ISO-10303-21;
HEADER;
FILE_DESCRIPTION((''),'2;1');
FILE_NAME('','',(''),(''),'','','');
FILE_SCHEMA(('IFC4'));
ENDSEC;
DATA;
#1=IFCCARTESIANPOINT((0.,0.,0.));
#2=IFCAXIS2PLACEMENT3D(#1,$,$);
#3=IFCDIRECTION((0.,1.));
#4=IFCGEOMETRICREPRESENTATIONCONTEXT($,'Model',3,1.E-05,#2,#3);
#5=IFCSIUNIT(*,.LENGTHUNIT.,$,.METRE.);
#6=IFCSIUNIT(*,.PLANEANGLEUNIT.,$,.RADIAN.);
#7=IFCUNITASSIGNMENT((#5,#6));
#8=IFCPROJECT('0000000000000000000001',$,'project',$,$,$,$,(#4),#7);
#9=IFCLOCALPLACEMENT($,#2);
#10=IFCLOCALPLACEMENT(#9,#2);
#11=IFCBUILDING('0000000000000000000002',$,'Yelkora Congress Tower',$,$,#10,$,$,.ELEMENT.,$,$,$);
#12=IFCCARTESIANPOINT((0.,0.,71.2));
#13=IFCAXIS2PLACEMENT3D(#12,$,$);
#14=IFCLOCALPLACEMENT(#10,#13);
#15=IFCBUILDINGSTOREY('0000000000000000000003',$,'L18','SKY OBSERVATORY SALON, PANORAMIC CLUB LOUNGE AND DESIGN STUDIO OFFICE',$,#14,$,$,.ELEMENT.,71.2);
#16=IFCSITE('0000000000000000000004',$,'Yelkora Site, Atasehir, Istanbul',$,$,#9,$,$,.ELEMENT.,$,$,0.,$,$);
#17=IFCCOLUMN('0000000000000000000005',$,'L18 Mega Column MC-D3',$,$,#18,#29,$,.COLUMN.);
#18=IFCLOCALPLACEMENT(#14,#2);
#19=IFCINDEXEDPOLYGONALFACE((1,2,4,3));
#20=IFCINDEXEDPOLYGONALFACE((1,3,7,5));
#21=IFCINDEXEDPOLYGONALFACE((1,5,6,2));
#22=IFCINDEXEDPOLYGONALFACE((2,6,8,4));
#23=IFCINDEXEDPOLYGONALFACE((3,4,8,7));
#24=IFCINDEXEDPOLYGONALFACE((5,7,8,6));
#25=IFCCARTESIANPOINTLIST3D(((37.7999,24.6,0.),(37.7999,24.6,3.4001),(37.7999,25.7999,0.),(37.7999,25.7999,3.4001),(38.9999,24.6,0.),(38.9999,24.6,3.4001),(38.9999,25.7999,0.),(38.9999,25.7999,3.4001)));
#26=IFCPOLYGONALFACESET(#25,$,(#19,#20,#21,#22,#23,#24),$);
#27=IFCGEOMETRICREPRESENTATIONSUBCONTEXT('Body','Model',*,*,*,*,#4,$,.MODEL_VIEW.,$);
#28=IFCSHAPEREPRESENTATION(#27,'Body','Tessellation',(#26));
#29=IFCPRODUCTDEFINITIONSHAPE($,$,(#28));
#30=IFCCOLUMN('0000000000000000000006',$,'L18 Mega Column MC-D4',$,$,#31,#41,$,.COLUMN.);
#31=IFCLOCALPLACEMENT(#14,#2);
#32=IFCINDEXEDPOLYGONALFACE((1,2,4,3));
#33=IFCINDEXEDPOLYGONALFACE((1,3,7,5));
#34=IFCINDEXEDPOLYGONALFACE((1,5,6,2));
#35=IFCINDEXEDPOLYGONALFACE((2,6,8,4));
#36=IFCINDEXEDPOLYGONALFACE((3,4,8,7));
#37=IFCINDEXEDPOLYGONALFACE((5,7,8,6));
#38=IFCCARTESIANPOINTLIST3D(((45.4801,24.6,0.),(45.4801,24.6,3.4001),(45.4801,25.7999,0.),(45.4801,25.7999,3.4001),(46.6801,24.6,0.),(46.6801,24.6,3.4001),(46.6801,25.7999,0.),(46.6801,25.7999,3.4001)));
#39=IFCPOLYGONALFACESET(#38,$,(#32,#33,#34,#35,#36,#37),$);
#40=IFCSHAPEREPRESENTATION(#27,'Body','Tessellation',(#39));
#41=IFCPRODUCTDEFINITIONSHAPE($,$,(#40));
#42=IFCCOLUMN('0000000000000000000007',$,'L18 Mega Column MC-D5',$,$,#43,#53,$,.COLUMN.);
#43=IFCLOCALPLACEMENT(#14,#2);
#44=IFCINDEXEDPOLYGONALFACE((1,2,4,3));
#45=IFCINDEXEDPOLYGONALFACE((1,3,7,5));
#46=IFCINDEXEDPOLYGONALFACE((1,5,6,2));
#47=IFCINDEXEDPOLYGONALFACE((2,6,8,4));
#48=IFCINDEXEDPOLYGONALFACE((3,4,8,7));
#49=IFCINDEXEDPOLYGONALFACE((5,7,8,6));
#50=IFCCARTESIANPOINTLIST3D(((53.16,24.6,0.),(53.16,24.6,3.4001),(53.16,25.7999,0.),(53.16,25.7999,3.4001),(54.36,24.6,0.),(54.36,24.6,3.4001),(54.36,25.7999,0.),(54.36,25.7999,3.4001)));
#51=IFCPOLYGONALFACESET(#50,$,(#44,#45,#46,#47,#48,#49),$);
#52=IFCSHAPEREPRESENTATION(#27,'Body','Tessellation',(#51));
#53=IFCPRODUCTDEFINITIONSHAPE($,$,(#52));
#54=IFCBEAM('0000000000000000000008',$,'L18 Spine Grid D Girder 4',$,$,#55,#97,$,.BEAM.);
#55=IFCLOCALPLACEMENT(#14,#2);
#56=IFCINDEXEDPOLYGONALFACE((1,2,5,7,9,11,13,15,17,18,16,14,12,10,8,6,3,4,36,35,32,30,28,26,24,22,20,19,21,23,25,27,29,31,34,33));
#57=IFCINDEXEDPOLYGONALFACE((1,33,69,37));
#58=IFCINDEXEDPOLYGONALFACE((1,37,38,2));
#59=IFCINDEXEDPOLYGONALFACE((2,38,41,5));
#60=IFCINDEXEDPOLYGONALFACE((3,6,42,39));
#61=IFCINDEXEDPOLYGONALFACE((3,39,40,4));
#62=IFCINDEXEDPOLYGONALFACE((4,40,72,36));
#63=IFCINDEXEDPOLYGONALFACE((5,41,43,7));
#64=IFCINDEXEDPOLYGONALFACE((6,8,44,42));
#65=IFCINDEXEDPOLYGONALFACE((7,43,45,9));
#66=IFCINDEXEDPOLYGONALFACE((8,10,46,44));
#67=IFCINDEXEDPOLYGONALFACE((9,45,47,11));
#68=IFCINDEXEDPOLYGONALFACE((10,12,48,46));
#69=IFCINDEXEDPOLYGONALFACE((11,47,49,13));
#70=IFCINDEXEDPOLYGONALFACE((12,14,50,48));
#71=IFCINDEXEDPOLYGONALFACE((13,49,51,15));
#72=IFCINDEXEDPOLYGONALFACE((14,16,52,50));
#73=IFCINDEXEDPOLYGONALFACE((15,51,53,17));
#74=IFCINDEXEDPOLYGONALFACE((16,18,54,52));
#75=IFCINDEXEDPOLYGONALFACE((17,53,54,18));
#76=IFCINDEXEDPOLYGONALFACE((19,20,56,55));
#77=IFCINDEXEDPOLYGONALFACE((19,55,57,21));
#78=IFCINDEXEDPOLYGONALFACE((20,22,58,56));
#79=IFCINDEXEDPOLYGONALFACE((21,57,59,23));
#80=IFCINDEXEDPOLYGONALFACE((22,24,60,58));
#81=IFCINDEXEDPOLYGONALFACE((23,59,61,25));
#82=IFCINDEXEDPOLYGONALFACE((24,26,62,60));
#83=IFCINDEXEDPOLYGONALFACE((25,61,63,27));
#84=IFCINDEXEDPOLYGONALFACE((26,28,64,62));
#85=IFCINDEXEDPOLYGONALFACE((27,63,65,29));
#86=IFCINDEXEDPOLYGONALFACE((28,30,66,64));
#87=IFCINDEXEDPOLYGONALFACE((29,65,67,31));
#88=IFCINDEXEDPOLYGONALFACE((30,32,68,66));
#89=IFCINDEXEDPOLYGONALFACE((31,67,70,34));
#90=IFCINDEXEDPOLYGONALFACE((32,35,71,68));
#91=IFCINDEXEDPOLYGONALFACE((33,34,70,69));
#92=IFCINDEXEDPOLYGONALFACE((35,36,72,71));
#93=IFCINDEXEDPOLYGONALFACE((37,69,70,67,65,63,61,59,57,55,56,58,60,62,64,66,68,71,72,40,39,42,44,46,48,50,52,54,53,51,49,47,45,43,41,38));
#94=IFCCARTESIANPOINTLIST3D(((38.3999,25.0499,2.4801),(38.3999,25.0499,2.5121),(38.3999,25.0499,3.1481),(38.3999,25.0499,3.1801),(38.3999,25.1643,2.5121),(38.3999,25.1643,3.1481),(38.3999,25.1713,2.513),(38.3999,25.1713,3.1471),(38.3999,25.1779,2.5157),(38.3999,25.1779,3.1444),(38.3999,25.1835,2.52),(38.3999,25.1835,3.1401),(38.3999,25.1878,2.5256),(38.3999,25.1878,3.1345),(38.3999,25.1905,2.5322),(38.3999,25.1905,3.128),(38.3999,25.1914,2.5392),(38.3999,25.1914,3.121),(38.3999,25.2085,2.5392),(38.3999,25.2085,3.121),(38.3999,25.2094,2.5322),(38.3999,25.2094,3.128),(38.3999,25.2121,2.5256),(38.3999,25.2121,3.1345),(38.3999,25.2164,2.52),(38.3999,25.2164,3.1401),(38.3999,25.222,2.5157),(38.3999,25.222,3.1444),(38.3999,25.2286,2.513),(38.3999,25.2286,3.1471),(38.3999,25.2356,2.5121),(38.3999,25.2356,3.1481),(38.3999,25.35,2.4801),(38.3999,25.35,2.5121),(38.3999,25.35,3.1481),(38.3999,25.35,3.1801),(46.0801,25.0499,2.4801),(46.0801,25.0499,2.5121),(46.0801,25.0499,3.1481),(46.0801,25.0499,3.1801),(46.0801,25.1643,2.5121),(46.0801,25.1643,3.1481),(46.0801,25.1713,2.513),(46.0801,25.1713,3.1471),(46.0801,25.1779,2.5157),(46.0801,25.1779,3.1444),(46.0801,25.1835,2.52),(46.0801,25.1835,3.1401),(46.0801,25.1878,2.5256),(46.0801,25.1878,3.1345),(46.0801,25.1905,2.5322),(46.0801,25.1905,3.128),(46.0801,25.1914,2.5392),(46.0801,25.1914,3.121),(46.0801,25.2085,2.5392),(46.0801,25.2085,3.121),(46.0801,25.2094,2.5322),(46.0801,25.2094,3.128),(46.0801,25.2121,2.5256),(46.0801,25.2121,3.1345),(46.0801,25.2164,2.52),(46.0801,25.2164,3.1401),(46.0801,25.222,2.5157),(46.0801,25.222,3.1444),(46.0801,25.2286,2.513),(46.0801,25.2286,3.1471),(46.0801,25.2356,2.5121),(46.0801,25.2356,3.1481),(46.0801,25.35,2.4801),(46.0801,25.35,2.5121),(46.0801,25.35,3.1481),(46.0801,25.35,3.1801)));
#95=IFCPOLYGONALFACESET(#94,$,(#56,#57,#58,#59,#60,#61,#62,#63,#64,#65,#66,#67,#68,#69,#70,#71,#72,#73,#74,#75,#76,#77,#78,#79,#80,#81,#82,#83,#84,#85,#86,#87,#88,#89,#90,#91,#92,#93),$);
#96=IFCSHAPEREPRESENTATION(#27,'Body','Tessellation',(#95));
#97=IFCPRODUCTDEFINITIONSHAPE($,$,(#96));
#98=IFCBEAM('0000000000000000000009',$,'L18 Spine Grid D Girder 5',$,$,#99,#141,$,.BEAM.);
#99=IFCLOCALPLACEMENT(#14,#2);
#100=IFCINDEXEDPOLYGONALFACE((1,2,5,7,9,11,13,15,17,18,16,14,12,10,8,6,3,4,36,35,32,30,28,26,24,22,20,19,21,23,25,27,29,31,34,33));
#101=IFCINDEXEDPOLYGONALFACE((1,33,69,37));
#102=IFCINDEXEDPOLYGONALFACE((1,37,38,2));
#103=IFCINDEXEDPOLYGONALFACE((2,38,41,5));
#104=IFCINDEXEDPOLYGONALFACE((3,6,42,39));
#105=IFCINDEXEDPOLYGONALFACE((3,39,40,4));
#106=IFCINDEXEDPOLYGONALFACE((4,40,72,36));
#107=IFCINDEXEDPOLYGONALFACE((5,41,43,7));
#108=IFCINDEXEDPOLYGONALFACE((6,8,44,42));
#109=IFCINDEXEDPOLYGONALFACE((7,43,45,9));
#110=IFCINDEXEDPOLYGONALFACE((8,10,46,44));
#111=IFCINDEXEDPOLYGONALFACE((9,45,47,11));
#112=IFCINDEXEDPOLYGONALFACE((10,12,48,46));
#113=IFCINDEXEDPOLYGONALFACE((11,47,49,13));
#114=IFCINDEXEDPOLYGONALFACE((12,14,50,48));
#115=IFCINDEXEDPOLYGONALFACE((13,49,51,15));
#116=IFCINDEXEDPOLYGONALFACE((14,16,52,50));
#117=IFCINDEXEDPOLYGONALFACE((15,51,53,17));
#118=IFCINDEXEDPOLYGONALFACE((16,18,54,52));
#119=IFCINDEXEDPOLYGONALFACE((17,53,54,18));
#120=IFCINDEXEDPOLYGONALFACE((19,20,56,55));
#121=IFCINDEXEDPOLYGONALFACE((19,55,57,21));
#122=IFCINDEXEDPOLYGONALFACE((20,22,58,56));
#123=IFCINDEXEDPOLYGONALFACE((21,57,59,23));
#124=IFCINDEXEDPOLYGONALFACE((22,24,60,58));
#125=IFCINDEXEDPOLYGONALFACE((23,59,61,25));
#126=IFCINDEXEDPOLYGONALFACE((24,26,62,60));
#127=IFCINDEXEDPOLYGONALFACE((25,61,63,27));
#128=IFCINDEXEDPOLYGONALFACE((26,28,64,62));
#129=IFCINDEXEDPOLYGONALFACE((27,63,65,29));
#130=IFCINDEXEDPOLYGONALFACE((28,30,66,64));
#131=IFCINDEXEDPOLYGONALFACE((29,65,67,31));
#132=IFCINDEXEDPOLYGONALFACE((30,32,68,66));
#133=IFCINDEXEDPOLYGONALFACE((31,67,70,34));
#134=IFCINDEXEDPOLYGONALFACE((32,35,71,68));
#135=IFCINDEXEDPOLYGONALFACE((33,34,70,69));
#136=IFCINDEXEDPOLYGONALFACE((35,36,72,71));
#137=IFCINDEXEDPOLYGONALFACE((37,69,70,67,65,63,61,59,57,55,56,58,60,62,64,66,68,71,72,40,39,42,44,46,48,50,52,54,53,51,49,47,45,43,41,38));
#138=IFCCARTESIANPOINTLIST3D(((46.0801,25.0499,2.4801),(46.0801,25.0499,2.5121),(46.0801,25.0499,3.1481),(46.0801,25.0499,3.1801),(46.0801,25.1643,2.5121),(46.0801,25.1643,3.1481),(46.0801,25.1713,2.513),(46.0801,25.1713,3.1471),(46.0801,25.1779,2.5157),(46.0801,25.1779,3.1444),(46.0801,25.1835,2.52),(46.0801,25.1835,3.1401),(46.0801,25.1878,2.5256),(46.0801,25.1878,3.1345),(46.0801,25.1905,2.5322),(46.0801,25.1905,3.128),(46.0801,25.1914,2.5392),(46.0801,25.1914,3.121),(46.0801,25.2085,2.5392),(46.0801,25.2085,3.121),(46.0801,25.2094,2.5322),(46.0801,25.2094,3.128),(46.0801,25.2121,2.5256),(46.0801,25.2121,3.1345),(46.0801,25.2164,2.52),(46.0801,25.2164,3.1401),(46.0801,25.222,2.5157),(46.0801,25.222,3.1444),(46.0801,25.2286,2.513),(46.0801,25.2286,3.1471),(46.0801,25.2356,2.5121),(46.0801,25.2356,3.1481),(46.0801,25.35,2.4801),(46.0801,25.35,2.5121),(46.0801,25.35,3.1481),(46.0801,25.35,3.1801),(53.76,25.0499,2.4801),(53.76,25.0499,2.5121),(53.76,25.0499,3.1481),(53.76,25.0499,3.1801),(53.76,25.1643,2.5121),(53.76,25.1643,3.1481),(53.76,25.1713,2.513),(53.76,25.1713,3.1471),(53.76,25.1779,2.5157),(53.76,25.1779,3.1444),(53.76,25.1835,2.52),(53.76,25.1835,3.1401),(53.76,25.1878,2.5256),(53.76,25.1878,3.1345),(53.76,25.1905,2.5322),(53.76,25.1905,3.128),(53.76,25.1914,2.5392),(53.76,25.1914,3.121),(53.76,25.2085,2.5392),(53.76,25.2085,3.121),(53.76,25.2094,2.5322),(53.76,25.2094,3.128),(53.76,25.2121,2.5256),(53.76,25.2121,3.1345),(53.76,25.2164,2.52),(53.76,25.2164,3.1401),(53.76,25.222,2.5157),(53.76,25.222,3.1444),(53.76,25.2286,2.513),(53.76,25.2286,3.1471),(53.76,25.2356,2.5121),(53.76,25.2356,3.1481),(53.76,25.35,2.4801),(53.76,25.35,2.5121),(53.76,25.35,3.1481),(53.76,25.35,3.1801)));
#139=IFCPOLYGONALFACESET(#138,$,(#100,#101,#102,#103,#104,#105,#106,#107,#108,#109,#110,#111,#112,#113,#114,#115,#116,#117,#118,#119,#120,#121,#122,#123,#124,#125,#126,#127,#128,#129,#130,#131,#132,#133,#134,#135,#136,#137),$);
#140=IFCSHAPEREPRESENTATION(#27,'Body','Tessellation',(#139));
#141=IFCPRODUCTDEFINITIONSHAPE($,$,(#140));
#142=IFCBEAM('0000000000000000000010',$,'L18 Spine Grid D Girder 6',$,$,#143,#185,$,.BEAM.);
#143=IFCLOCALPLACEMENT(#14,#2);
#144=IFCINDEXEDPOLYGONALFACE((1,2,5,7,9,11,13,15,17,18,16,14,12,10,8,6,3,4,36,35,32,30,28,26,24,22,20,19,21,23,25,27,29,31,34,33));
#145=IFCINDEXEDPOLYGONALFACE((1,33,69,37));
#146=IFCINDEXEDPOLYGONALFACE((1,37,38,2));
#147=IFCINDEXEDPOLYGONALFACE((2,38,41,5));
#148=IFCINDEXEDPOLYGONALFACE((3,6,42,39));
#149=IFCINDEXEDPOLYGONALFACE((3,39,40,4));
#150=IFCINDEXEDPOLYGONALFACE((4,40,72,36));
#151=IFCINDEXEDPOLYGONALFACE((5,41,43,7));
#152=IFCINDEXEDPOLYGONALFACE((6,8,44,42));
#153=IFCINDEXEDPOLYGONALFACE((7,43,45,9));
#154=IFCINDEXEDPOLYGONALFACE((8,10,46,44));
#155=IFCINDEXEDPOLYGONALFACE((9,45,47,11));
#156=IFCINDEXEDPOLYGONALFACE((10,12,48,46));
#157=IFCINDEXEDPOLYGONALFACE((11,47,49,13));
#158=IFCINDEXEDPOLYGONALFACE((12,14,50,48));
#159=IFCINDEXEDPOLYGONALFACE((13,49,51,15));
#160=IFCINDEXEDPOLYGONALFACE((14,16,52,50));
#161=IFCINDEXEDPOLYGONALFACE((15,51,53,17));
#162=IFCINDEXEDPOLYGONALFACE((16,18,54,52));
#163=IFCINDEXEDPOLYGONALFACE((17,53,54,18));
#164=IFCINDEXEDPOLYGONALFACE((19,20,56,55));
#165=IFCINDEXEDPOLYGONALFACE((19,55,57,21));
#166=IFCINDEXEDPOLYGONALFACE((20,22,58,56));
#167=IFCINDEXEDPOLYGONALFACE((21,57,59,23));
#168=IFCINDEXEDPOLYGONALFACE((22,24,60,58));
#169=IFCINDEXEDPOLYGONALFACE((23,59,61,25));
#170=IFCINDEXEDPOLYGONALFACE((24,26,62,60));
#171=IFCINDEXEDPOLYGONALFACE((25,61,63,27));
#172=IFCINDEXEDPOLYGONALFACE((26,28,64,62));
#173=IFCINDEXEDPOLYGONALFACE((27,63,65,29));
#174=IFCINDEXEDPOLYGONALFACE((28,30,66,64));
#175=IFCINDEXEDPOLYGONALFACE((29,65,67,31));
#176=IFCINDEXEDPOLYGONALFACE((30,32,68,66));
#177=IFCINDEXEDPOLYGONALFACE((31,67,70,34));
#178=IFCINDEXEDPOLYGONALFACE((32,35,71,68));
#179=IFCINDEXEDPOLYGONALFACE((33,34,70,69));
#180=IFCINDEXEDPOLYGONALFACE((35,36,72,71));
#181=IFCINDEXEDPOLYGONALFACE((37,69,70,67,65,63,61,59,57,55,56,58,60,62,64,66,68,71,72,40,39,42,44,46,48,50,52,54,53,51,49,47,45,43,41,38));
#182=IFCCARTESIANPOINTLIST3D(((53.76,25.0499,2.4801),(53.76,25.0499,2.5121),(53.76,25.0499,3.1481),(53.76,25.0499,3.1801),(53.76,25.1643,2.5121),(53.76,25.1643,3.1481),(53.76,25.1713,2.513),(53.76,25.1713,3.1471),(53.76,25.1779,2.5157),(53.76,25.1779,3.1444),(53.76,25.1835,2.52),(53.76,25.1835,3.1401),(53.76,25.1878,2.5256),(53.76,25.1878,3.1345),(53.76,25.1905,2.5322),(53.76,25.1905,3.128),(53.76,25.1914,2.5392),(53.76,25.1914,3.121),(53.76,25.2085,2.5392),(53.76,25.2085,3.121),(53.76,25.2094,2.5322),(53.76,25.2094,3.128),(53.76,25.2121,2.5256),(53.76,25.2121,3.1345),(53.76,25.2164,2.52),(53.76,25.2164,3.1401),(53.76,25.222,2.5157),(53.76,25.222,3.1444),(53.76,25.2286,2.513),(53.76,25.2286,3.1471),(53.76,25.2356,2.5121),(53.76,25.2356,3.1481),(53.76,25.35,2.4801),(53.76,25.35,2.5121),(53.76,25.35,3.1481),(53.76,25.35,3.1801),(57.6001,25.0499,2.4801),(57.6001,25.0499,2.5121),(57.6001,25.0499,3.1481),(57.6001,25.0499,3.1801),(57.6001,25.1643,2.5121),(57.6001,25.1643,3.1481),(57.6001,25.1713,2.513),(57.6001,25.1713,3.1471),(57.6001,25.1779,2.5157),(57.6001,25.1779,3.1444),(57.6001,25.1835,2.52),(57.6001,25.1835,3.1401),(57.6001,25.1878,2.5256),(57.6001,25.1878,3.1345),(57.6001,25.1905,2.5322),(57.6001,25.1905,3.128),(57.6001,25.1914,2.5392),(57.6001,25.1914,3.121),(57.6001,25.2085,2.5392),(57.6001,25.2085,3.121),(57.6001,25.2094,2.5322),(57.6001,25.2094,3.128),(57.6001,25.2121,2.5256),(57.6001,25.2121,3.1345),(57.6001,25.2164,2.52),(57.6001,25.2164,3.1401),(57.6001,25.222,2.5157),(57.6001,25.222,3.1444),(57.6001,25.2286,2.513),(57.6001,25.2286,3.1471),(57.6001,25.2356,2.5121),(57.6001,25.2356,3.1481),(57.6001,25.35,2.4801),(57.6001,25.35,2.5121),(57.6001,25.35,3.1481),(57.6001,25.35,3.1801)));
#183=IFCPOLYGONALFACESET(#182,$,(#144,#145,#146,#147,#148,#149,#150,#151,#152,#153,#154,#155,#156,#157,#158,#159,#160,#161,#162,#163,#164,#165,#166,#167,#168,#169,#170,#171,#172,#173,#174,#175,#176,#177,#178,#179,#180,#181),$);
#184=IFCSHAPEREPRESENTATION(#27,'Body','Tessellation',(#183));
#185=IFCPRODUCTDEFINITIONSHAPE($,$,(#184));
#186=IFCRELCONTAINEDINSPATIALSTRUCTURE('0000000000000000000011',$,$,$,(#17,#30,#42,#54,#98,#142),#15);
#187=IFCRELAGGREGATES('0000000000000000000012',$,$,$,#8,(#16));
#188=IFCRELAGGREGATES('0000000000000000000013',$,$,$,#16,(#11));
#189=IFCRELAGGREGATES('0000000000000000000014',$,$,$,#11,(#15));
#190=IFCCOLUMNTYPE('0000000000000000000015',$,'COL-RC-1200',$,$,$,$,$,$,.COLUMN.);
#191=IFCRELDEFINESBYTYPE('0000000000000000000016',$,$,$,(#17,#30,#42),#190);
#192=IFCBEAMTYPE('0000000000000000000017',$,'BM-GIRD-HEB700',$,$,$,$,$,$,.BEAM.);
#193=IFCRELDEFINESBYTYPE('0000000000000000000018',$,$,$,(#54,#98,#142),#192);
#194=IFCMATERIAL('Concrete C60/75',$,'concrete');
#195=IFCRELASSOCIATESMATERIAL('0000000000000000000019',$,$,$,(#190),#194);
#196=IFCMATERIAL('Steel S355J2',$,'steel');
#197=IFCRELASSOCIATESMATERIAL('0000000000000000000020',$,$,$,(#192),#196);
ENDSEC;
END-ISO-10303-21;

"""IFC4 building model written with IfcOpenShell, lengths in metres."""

from ifc_helpers import new_model, si_unit, direction, frame, origin, origin_2d, place, context, subcontext, project, spatial, rectangle, i_section, extrude, material, material_profile, profile_set, type_object, element, save


model = new_model("IFC4")

# Units and contexts
model_context = context("Model", 3, precision=1e-05, world=origin(), true_north=direction((0.0, 1.0)))
body_context = subcontext(model_context, "Body", "Model", "MODEL_VIEW")
ifc_project = project(units=[si_unit("LENGTHUNIT", "METRE"), si_unit("PLANEANGLEUNIT", "RADIAN")], contexts=[model_context])

# Site, building, storey
site_placement = place(None, origin())
site = spatial("IfcSite", under=ifc_project, at=site_placement, Name="Yelkora Site, Atasehir, Istanbul", CompositionType="ELEMENT", RefElevation=0.0)
building_placement = place(site_placement, origin())
building = spatial("IfcBuilding", under=site, at=building_placement, Name="Yelkora Congress Tower", CompositionType="ELEMENT")
storey_placement = place(building_placement, frame((0.0, 0.0, 71.2)))
storey = spatial("IfcBuildingStorey", under=building, at=storey_placement, Name="L18", Description="SKY OBSERVATORY SALON, PANORAMIC CLUB LOUNGE AND DESIGN STUDIO OFFICE", CompositionType="ELEMENT", Elevation=71.2)

# Columns
ifc_material_1 = material(Name="Concrete C60/75", Category="concrete")
ifc_material_profile_1 = material_profile(ifc_material_1, rectangle(XDim=1.2, YDim=1.2, at=origin_2d()), Name="RC 1200x1200")
ifc_profile_set_1 = profile_set([ifc_material_profile_1], Name="Concrete C60/75")
column_type = type_object("IfcColumnType", Name="COL-RC-1200", PredefinedType="COLUMN", material=ifc_profile_set_1)
for number, where, z_axis, x_axis, name in (
    (1, (38.3999, 25.2, 0.0), (0.0, 0.0, 1.0), (1.0, 0.0, 0.0), "L18 Mega Column MC-D3"),
    (2, (46.0801, 25.2, 0.0), (0.0, 0.0, 1.0), (1.0, 0.0, 0.0), "L18 Mega Column MC-D4"),
    (3, (53.76, 25.2, 0.0), (0.0, 0.0, 1.0), (1.0, 0.0, 0.0), "L18 Mega Column MC-D5"),
):
    element("IfcColumn", number, at=place(storey_placement, frame(where, z_axis=z_axis, x_axis=x_axis)), inside=storey, type_object=column_type, Name=name, PredefinedType="COLUMN", context=body_context, shape_type="SweptSolid", body=[
        extrude(rectangle(XDim=1.2, YDim=1.2, at=origin_2d()), origin(), (0.0, 0.0, 1.0), 3.4001),
    ])

# Beams
ifc_material_2 = material(Name="Steel S355J2", Category="steel")
ifc_material_profile_2 = material_profile(ifc_material_2, i_section(OverallWidth=0.3, OverallDepth=0.7, WebThickness=0.0171, FlangeThickness=0.032, FilletRadius=0.0271, at=origin_2d()), Name="HEB 700")
ifc_profile_set_2 = profile_set([ifc_material_profile_2], Name="Steel S355J2")
beam_type_1 = type_object("IfcBeamType", Name="BM-GIRD-HEB700", PredefinedType="BEAM", material=ifc_profile_set_2)
beam_1_placement = place(storey_placement, frame((38.3999, 25.2, 2.8301), z_axis=(1.0, 0.0, 0.0), x_axis=(0.0, 1.0, 0.0)))
element("IfcBeam", 4, at=beam_1_placement, inside=storey, type_object=beam_type_1, Name="L18 Spine Grid D Girder 4", PredefinedType="BEAM", context=body_context, shape_type="SweptSolid", body=[
    extrude(i_section(OverallWidth=0.3, OverallDepth=0.7, WebThickness=0.0171, FlangeThickness=0.032, FilletRadius=0.0271, at=origin_2d()), origin(), (0.0, 0.0, 1.0), 7.6802),
])
beam_2_placement = place(storey_placement, frame((46.0801, 25.2, 2.8301), z_axis=(1.0, 0.0, 0.0), x_axis=(0.0, 1.0, 0.0)))
element("IfcBeam", 5, at=beam_2_placement, inside=storey, type_object=beam_type_1, Name="L18 Spine Grid D Girder 5", PredefinedType="BEAM", context=body_context, shape_type="SweptSolid", body=[
    extrude(i_section(OverallWidth=0.3, OverallDepth=0.7, WebThickness=0.0171, FlangeThickness=0.032, FilletRadius=0.0271, at=origin_2d()), origin(), (0.0, 0.0, 1.0), 7.6799),
])
beam_3_placement = place(storey_placement, frame((53.76, 25.2, 2.8301), z_axis=(1.0, 0.0, 0.0), x_axis=(0.0, 1.0, 0.0)))
element("IfcBeam", 6, at=beam_3_placement, inside=storey, type_object=beam_type_1, Name="L18 Spine Grid D Girder 6", PredefinedType="BEAM", context=body_context, shape_type="SweptSolid", body=[
    extrude(i_section(OverallWidth=0.3, OverallDepth=0.7, WebThickness=0.0171, FlangeThickness=0.032, FilletRadius=0.0271, at=origin_2d()), origin(), (0.0, 0.0, 1.0), 3.8401),
])

save(model, "model.ifc")
